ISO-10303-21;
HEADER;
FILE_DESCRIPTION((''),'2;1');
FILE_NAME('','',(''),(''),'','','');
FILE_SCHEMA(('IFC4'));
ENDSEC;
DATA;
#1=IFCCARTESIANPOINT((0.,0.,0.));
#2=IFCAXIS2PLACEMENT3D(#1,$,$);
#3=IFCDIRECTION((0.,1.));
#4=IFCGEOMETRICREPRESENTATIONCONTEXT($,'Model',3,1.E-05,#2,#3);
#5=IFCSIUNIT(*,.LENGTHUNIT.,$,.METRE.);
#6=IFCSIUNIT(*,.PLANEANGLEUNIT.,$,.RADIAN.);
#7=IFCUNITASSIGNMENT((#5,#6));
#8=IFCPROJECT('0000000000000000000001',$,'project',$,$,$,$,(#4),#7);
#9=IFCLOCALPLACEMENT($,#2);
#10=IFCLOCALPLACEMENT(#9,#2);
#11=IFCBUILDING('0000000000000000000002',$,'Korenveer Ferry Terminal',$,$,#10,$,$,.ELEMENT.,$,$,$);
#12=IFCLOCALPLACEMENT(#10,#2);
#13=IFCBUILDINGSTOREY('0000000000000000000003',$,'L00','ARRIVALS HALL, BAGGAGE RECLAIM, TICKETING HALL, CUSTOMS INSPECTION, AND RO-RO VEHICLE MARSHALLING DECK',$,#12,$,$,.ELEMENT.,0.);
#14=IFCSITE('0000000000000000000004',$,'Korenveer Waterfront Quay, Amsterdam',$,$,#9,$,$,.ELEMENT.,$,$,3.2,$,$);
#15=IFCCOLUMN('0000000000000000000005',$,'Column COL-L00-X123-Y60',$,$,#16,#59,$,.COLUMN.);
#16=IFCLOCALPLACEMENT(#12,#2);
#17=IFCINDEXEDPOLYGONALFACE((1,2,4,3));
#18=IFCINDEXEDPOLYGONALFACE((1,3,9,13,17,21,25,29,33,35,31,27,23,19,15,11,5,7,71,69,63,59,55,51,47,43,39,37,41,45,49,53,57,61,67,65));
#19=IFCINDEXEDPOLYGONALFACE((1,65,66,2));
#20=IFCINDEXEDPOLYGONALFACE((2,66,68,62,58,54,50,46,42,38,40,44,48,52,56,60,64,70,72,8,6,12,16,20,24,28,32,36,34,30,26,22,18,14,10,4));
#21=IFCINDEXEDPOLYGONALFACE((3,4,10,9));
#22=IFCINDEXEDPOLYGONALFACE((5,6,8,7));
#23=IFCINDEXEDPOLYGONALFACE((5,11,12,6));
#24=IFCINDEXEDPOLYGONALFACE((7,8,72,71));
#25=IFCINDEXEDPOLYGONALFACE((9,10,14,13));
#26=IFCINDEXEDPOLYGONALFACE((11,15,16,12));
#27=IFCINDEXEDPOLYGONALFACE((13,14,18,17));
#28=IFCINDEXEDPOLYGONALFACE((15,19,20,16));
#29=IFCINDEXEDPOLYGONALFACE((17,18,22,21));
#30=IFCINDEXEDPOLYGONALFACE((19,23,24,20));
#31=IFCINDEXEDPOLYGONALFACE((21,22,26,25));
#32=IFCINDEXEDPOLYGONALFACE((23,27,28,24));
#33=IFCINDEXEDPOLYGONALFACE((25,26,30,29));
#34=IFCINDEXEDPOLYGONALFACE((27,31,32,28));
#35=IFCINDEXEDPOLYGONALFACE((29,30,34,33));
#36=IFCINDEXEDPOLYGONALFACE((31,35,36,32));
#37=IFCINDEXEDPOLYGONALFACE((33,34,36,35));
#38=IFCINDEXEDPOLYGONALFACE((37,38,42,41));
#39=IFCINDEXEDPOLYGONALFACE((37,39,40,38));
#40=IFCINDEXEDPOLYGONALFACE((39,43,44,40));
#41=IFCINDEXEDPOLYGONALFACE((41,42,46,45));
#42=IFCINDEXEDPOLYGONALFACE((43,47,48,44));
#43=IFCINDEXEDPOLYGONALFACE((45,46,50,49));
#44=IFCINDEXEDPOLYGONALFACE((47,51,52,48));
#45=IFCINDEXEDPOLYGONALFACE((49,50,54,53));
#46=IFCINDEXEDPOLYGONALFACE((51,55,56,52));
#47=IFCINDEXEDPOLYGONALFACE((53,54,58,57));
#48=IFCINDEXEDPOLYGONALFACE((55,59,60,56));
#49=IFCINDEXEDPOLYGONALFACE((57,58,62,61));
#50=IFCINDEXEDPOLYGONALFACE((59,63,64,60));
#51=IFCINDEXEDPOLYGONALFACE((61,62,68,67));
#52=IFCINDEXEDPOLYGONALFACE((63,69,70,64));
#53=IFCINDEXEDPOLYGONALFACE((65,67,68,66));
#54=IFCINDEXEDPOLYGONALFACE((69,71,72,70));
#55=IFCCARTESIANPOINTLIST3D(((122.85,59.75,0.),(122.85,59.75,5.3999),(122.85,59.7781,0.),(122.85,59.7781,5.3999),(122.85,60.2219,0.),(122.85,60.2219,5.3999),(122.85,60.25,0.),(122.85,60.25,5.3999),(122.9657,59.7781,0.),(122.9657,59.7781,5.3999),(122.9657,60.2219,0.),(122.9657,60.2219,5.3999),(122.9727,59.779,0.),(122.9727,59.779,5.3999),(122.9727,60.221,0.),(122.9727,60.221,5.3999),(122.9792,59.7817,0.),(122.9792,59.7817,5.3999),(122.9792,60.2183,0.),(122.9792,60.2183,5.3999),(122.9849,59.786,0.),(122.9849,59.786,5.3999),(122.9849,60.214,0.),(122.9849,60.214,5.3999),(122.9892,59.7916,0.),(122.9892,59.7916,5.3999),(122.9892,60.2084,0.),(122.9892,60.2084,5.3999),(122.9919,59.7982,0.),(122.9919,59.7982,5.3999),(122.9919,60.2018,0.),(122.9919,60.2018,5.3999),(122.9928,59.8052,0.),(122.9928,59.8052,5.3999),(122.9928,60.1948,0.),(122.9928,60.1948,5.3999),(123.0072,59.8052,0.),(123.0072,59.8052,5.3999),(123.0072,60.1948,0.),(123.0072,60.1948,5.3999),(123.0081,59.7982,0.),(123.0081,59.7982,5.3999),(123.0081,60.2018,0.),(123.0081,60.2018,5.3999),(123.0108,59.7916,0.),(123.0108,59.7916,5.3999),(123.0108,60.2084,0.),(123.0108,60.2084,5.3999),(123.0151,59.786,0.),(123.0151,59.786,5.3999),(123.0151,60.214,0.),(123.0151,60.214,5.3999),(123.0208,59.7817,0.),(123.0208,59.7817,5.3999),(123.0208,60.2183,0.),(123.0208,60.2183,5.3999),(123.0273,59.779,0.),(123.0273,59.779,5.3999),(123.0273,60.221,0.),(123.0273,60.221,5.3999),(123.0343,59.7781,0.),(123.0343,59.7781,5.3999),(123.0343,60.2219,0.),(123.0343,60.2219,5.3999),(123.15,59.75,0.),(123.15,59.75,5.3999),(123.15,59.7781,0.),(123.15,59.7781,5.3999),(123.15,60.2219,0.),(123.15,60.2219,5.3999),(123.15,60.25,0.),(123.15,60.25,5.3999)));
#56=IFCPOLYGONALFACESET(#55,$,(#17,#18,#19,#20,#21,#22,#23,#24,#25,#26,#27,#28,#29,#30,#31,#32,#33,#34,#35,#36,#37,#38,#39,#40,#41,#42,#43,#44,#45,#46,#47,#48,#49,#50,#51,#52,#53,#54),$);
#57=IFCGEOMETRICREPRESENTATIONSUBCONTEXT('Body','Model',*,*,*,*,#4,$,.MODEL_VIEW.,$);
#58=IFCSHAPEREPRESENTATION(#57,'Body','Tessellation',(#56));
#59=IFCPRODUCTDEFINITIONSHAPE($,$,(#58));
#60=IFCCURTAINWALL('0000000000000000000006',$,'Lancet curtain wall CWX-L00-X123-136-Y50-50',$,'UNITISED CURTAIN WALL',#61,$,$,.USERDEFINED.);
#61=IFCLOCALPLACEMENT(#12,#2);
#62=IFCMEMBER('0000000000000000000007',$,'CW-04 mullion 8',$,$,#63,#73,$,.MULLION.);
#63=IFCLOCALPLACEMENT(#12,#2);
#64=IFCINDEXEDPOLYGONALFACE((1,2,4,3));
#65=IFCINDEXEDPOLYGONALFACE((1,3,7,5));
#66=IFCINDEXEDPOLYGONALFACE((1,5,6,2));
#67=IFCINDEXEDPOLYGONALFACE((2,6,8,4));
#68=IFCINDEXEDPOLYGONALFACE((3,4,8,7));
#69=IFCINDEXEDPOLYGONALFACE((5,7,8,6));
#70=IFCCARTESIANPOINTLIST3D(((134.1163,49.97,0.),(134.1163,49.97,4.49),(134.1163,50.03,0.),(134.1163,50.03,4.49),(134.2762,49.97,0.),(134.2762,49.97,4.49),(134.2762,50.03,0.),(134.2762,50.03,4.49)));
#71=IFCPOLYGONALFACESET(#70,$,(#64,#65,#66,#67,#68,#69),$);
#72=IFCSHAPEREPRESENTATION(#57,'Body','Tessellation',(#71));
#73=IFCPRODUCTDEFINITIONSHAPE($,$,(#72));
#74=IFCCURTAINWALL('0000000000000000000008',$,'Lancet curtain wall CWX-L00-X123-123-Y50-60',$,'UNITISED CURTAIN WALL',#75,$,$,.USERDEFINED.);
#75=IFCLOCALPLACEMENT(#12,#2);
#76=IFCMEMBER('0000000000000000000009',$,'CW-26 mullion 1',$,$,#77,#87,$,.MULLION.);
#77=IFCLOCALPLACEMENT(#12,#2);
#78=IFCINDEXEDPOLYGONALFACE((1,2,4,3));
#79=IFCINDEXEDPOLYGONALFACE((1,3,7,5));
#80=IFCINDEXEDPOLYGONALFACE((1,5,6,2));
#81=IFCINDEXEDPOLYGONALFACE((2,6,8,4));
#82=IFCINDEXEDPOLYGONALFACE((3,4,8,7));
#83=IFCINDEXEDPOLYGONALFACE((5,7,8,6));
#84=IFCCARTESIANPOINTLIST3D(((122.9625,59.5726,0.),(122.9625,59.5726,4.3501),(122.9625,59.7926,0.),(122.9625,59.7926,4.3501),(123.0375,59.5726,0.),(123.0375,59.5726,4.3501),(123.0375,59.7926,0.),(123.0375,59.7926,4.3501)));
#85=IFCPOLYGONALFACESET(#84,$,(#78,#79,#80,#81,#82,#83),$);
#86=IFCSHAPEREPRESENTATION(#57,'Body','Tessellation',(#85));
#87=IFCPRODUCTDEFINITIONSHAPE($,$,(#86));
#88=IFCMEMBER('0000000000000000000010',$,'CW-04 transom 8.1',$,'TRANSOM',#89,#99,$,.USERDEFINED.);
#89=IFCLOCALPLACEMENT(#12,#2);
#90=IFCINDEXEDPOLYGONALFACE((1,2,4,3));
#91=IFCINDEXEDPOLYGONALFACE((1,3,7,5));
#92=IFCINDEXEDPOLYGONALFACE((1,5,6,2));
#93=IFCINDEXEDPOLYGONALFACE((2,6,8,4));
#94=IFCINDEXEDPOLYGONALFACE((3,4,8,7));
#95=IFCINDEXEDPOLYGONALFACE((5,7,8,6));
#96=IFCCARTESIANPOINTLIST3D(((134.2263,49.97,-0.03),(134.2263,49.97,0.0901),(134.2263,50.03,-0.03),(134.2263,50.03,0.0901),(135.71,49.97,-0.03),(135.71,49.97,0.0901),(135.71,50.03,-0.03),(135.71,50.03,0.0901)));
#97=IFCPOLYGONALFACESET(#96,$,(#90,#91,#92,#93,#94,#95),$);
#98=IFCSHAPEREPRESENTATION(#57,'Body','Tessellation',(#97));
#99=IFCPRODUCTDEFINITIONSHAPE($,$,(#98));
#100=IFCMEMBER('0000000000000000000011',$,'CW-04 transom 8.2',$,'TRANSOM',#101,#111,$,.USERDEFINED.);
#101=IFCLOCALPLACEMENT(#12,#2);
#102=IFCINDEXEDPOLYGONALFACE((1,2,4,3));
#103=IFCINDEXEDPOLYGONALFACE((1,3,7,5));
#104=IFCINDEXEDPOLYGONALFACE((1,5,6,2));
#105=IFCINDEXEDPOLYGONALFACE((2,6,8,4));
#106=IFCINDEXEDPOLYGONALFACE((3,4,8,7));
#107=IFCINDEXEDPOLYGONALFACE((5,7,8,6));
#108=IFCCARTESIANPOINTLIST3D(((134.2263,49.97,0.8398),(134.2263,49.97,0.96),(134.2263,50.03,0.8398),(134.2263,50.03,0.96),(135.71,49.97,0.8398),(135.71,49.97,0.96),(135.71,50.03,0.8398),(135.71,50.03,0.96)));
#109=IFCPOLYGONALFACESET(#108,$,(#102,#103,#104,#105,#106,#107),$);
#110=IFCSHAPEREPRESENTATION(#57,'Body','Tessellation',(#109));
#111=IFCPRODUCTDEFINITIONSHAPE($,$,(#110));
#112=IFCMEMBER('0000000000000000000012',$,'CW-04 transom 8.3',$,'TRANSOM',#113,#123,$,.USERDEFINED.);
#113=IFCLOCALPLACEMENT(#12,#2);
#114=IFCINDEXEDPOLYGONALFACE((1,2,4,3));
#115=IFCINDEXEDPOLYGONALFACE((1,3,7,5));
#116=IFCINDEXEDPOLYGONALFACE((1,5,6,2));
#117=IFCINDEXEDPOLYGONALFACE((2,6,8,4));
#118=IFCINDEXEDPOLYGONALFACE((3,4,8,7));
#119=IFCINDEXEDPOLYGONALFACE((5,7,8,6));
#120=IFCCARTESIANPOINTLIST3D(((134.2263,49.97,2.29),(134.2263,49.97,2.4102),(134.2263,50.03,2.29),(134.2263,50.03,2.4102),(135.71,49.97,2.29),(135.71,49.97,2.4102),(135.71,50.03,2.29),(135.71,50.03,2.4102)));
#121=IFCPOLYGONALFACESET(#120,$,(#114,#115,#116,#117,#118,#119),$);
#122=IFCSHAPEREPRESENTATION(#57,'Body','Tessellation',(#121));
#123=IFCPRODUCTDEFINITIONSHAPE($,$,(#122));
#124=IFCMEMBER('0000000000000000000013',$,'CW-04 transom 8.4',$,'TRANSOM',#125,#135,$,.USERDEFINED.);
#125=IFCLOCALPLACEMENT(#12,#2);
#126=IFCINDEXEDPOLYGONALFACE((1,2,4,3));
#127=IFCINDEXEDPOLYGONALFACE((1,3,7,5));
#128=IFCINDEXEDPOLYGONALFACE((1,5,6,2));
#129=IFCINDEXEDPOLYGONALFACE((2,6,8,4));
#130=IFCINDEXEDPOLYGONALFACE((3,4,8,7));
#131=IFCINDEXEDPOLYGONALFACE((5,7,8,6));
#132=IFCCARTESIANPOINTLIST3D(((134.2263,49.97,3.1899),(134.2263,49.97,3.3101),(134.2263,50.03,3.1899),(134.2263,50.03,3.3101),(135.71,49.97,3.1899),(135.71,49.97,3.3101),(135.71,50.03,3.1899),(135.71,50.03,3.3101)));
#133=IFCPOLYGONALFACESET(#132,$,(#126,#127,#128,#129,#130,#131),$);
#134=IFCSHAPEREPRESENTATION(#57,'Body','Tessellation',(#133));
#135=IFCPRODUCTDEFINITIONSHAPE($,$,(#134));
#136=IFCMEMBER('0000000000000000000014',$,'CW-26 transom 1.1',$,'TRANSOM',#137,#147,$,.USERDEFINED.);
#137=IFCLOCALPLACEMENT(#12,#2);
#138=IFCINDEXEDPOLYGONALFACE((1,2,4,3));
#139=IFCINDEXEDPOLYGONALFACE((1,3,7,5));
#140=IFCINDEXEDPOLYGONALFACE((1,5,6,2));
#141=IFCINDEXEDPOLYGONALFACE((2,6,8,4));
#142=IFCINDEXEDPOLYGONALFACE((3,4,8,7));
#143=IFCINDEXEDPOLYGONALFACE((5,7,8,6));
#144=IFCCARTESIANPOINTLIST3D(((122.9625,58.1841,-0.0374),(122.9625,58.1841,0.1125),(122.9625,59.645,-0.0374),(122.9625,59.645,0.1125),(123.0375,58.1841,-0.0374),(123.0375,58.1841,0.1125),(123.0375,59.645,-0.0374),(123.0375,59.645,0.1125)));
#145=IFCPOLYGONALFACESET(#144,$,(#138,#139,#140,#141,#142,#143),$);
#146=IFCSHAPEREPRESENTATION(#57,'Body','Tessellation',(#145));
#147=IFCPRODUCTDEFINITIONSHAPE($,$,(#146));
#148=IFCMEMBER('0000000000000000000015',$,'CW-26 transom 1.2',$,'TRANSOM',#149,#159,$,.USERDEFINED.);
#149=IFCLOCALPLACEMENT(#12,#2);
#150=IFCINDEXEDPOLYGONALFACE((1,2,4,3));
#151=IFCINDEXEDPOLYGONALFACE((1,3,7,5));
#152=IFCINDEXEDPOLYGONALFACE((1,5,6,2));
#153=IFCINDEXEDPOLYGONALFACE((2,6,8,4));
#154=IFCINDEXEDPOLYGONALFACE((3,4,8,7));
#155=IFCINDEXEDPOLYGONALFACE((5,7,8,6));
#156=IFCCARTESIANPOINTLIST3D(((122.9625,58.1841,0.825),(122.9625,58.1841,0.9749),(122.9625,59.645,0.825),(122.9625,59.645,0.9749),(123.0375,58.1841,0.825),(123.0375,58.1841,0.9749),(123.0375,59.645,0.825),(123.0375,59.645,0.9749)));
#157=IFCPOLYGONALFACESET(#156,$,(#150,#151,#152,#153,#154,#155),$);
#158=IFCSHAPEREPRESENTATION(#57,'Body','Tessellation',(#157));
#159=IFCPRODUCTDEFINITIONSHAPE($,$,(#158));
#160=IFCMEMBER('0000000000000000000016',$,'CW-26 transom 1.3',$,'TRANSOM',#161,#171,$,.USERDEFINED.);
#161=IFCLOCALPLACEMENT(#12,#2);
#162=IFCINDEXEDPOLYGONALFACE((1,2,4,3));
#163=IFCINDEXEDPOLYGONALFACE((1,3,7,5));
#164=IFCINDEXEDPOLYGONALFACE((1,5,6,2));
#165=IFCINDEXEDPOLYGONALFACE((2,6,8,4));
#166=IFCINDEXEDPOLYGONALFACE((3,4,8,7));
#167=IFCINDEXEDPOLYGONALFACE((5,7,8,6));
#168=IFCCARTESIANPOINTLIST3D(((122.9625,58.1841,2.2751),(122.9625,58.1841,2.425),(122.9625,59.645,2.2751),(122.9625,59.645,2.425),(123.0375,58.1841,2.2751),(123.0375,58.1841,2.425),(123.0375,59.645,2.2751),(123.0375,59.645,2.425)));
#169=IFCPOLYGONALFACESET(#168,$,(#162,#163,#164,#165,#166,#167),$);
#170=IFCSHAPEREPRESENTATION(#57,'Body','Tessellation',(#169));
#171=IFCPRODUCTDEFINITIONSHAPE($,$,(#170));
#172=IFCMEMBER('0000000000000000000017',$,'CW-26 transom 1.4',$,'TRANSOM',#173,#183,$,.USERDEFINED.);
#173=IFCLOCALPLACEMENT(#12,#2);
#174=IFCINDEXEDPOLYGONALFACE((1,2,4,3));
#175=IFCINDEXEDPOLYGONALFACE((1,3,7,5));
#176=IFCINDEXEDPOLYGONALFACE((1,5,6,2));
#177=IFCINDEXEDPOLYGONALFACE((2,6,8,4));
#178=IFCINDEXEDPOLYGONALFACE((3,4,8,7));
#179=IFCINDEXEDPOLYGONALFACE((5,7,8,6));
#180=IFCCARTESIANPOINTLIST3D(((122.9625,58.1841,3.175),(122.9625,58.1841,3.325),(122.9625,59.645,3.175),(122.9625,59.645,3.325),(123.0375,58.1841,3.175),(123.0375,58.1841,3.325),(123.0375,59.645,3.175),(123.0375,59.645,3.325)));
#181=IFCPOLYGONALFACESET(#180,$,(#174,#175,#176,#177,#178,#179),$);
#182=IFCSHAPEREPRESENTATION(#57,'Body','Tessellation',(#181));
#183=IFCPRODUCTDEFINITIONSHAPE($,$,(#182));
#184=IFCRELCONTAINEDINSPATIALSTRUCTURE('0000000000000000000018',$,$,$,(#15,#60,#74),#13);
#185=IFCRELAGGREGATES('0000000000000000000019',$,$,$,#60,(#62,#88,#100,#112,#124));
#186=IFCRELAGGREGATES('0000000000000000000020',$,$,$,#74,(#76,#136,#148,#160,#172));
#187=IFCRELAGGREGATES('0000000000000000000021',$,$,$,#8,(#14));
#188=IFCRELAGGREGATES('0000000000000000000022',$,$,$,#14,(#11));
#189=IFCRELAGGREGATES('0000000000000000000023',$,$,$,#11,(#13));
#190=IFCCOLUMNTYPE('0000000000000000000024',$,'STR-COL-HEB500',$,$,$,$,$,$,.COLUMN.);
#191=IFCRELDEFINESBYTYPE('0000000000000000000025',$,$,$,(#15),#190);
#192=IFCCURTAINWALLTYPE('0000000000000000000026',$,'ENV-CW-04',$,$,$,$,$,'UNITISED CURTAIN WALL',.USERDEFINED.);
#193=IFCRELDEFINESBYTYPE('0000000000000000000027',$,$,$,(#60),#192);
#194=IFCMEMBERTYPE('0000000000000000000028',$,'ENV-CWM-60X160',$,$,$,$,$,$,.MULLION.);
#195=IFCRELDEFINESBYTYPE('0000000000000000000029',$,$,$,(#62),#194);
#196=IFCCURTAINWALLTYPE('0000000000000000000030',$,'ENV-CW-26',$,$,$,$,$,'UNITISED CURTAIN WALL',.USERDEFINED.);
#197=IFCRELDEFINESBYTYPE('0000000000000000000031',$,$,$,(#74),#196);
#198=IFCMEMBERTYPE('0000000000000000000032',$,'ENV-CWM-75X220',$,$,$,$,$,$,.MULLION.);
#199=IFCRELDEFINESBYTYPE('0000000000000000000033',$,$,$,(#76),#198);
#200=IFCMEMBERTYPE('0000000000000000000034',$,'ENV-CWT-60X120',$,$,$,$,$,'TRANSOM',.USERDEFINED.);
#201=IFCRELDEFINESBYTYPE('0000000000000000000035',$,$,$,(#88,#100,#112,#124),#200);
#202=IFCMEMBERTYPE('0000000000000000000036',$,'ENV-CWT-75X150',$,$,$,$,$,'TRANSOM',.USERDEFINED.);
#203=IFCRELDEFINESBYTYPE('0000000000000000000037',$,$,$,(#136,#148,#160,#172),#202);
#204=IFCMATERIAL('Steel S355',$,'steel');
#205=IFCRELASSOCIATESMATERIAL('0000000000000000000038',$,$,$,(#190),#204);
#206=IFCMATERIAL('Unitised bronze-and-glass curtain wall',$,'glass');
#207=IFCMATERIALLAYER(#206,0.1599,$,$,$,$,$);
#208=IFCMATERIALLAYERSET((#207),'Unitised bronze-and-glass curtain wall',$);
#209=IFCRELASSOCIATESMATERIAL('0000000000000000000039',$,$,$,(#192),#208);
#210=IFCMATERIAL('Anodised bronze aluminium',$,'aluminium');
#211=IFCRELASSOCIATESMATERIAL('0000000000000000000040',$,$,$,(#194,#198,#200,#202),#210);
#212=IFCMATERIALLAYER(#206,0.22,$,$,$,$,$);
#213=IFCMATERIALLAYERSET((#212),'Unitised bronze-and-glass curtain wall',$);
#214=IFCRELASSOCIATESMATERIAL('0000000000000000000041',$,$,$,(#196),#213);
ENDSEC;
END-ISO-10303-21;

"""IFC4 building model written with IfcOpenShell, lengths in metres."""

from ifc_helpers import new_model, si_unit, direction, frame, origin, origin_2d, place, context, subcontext, project, spatial, rectangle, i_section, extrude, material, layer, layer_set, material_profile, profile_set, type_object, element, aggregate, save


model = new_model("IFC4")

# Units and contexts
model_context = context("Model", 3, precision=1e-05, world=origin(), true_north=direction((0.0, 1.0)))
body_context = subcontext(model_context, "Body", "Model", "MODEL_VIEW")
ifc_project = project(units=[si_unit("LENGTHUNIT", "METRE"), si_unit("PLANEANGLEUNIT", "RADIAN")], contexts=[model_context])

# Site, building, storey
site_placement = place(None, origin())
site = spatial("IfcSite", under=ifc_project, at=site_placement, Name="Korenveer Waterfront Quay, Amsterdam", CompositionType="ELEMENT", RefElevation=3.2)
building_placement = place(site_placement, origin())
building = spatial("IfcBuilding", under=site, at=building_placement, Name="Korenveer Ferry Terminal", CompositionType="ELEMENT")
storey_placement = place(building_placement, origin())
storey = spatial("IfcBuildingStorey", under=building, at=storey_placement, Name="L00", Description="ARRIVALS HALL, BAGGAGE RECLAIM, TICKETING HALL, CUSTOMS INSPECTION, AND RO-RO VEHICLE MARSHALLING DECK", CompositionType="ELEMENT", Elevation=0.0)

# Column
ifc_material_1 = material(Name="Steel S355", Category="steel")
ifc_material_profile_1 = material_profile(ifc_material_1, i_section(OverallWidth=0.3, OverallDepth=0.5, WebThickness=0.0144, FlangeThickness=0.0281, FilletRadius=0.0271, at=origin_2d()), Name="HEB 500")
ifc_profile_set_1 = profile_set([ifc_material_profile_1], Name="Steel S355")
column_type = type_object("IfcColumnType", Name="STR-COL-HEB500", PredefinedType="COLUMN", material=ifc_profile_set_1)
column_placement = place(storey_placement, frame((123.0, 60.0, 0.0), z_axis=(0.0, 0.0, 1.0), x_axis=(1.0, 0.0, 0.0)))
element("IfcColumn", 1, at=column_placement, inside=storey, type_object=column_type, Name="Column COL-L00-X123-Y60", PredefinedType="COLUMN", context=body_context, shape_type="SweptSolid", body=[
    extrude(i_section(OverallWidth=0.3, OverallDepth=0.5, WebThickness=0.0144, FlangeThickness=0.0281, FilletRadius=0.0271, at=origin_2d()), origin(), (0.0, 0.0, 1.0), 5.3999),
])

# Curtain walls, members
ifc_material_2 = material(Name="Unitised bronze-and-glass curtain wall", Category="glass")
ifc_layer_1 = layer(ifc_material_2, 0.1599)
ifc_layer_set_1 = layer_set([ifc_layer_1], Name="Unitised bronze-and-glass curtain wall")
curtain_wall_type_1 = type_object("IfcCurtainWallType", Name="ENV-CW-04", ElementType="UNITISED CURTAIN WALL", PredefinedType="USERDEFINED", material=ifc_layer_set_1)
curtain_wall_1_placement = place(storey_placement, frame((123.1799, 50.0, 0.0)))
curtain_wall_1 = element("IfcCurtainWall", 2, at=curtain_wall_1_placement, inside=storey, type_object=curtain_wall_type_1, Name="Lancet curtain wall CWX-L00-X123-136-Y50-50", ObjectType="UNITISED CURTAIN WALL", PredefinedType="USERDEFINED")
ifc_material_3 = material(Name="Anodised bronze aluminium", Category="aluminium")
ifc_material_profile_2 = material_profile(ifc_material_3, rectangle(XDim=0.0601, YDim=0.1599, at=origin_2d()), Name="ALU 60x160")
ifc_profile_set_2 = profile_set([ifc_material_profile_2], Name="Anodised bronze aluminium")
member_type_1 = type_object("IfcMemberType", Name="ENV-CWM-60X160", PredefinedType="MULLION", material=ifc_profile_set_2)
member_1_placement = place(storey_placement, frame((134.1963, 50.0, 0.0), z_axis=(0.0, 0.0, 1.0), x_axis=(0.0, 1.0, 0.0)))
member_1 = element("IfcMember", 3, at=member_1_placement, type_object=member_type_1, Name="CW-04 mullion 8", PredefinedType="MULLION", context=body_context, shape_type="SweptSolid", body=[
    extrude(rectangle(XDim=0.0601, YDim=0.1599, at=origin_2d()), origin(), (0.0, 0.0, 1.0), 4.49),
])
ifc_layer_2 = layer(ifc_material_2, 0.22)
ifc_layer_set_2 = layer_set([ifc_layer_2], Name="Unitised bronze-and-glass curtain wall")
curtain_wall_type_2 = type_object("IfcCurtainWallType", Name="ENV-CW-26", ElementType="UNITISED CURTAIN WALL", PredefinedType="USERDEFINED", material=ifc_layer_set_2)
curtain_wall_2_placement = place(storey_placement, frame((123.0, 59.72, 0.0)))
curtain_wall_2 = element("IfcCurtainWall", 4, at=curtain_wall_2_placement, inside=storey, type_object=curtain_wall_type_2, Name="Lancet curtain wall CWX-L00-X123-123-Y50-60", ObjectType="UNITISED CURTAIN WALL", PredefinedType="USERDEFINED")
ifc_material_profile_3 = material_profile(ifc_material_3, rectangle(XDim=0.075, YDim=0.22, at=origin_2d()), Name="ALU 75x220")
ifc_profile_set_3 = profile_set([ifc_material_profile_3], Name="Anodised bronze aluminium")
member_type_2 = type_object("IfcMemberType", Name="ENV-CWM-75X220", PredefinedType="MULLION", material=ifc_profile_set_3)
member_2_placement = place(storey_placement, frame((123.0, 59.6826, 0.0), z_axis=(0.0, 0.0, 1.0), x_axis=(1.0, 0.0, 0.0)))
member_2 = element("IfcMember", 5, at=member_2_placement, type_object=member_type_2, Name="CW-26 mullion 1", PredefinedType="MULLION", context=body_context, shape_type="SweptSolid", body=[
    extrude(rectangle(XDim=0.075, YDim=0.22, at=origin_2d()), origin(), (0.0, 0.0, 1.0), 4.3501),
])

# Members
ifc_material_profile_4 = material_profile(ifc_material_3, rectangle(XDim=0.0601, YDim=0.1201, at=origin_2d()), Name="ALU 60x120")
ifc_profile_set_4 = profile_set([ifc_material_profile_4], Name="Anodised bronze aluminium")
member_type_3 = type_object("IfcMemberType", Name="ENV-CWT-60X120", ElementType="TRANSOM", PredefinedType="USERDEFINED", material=ifc_profile_set_4)
member_3_placement = place(storey_placement, frame((134.2263, 50.0, 0.03), z_axis=(1.0, 0.0, 0.0), x_axis=(0.0, 1.0, 0.0)))
member_3 = element("IfcMember", 6, at=member_3_placement, type_object=member_type_3, Name="CW-04 transom 8.1", ObjectType="TRANSOM", PredefinedType="USERDEFINED", context=body_context, shape_type="SweptSolid", body=[
    extrude(rectangle(XDim=0.0601, YDim=0.1201, at=origin_2d()), origin(), (0.0, 0.0, 1.0), 1.4836),
])
member_4_placement = place(storey_placement, frame((134.2263, 50.0, 0.8999), z_axis=(1.0, 0.0, 0.0), x_axis=(0.0, 1.0, 0.0)))
member_4 = element("IfcMember", 7, at=member_4_placement, type_object=member_type_3, Name="CW-04 transom 8.2", ObjectType="TRANSOM", PredefinedType="USERDEFINED", context=body_context, shape_type="SweptSolid", body=[
    extrude(rectangle(XDim=0.0601, YDim=0.1201, at=origin_2d()), origin(), (0.0, 0.0, 1.0), 1.4836),
])
member_5_placement = place(storey_placement, frame((134.2263, 50.0, 2.3501), z_axis=(1.0, 0.0, 0.0), x_axis=(0.0, 1.0, 0.0)))
member_5 = element("IfcMember", 8, at=member_5_placement, type_object=member_type_3, Name="CW-04 transom 8.3", ObjectType="TRANSOM", PredefinedType="USERDEFINED", context=body_context, shape_type="SweptSolid", body=[
    extrude(rectangle(XDim=0.0601, YDim=0.1201, at=origin_2d()), origin(), (0.0, 0.0, 1.0), 1.4836),
])
member_6_placement = place(storey_placement, frame((134.2263, 50.0, 3.25), z_axis=(1.0, 0.0, 0.0), x_axis=(0.0, 1.0, 0.0)))
member_6 = element("IfcMember", 9, at=member_6_placement, type_object=member_type_3, Name="CW-04 transom 8.4", ObjectType="TRANSOM", PredefinedType="USERDEFINED", context=body_context, shape_type="SweptSolid", body=[
    extrude(rectangle(XDim=0.0601, YDim=0.1201, at=origin_2d()), origin(), (0.0, 0.0, 1.0), 1.4836),
])
ifc_material_profile_5 = material_profile(ifc_material_3, rectangle(XDim=0.075, YDim=0.1499, at=origin_2d()), Name="ALU 75x150")
ifc_profile_set_5 = profile_set([ifc_material_profile_5], Name="Anodised bronze aluminium")
member_type_4 = type_object("IfcMemberType", Name="ENV-CWT-75X150", ElementType="TRANSOM", PredefinedType="USERDEFINED", material=ifc_profile_set_5)
member_7_placement = place(storey_placement, frame((123.0, 59.645, 0.0376), z_axis=(0.0, -1.0, 0.0), x_axis=(1.0, 0.0, 0.0)))
member_7 = element("IfcMember", 10, at=member_7_placement, type_object=member_type_4, Name="CW-26 transom 1.1", ObjectType="TRANSOM", PredefinedType="USERDEFINED", context=body_context, shape_type="SweptSolid", body=[
    extrude(rectangle(XDim=0.075, YDim=0.1499, at=origin_2d()), origin(), (0.0, 0.0, 1.0), 1.4609),
])
member_8_placement = place(storey_placement, frame((123.0, 59.645, 0.8999), z_axis=(0.0, -1.0, 0.0), x_axis=(1.0, 0.0, 0.0)))
member_8 = element("IfcMember", 11, at=member_8_placement, type_object=member_type_4, Name="CW-26 transom 1.2", ObjectType="TRANSOM", PredefinedType="USERDEFINED", context=body_context, shape_type="SweptSolid", body=[
    extrude(rectangle(XDim=0.075, YDim=0.1499, at=origin_2d()), origin(), (0.0, 0.0, 1.0), 1.4609),
])
member_9_placement = place(storey_placement, frame((123.0, 59.645, 2.3501), z_axis=(0.0, -1.0, 0.0), x_axis=(1.0, 0.0, 0.0)))
member_9 = element("IfcMember", 12, at=member_9_placement, type_object=member_type_4, Name="CW-26 transom 1.3", ObjectType="TRANSOM", PredefinedType="USERDEFINED", context=body_context, shape_type="SweptSolid", body=[
    extrude(rectangle(XDim=0.075, YDim=0.1499, at=origin_2d()), origin(), (0.0, 0.0, 1.0), 1.4609),
])
member_10_placement = place(storey_placement, frame((123.0, 59.645, 3.25), z_axis=(0.0, -1.0, 0.0), x_axis=(1.0, 0.0, 0.0)))
member_10 = element("IfcMember", 13, at=member_10_placement, type_object=member_type_4, Name="CW-26 transom 1.4", ObjectType="TRANSOM", PredefinedType="USERDEFINED", context=body_context, shape_type="SweptSolid", body=[
    extrude(rectangle(XDim=0.075, YDim=0.1499, at=origin_2d()), origin(), (0.0, 0.0, 1.0), 1.4609),
])

aggregate(curtain_wall_1, [member_1, member_3, member_4, member_5, member_6])
aggregate(curtain_wall_2, [member_2, member_7, member_8, member_9, member_10])

save(model, "model.ifc")
